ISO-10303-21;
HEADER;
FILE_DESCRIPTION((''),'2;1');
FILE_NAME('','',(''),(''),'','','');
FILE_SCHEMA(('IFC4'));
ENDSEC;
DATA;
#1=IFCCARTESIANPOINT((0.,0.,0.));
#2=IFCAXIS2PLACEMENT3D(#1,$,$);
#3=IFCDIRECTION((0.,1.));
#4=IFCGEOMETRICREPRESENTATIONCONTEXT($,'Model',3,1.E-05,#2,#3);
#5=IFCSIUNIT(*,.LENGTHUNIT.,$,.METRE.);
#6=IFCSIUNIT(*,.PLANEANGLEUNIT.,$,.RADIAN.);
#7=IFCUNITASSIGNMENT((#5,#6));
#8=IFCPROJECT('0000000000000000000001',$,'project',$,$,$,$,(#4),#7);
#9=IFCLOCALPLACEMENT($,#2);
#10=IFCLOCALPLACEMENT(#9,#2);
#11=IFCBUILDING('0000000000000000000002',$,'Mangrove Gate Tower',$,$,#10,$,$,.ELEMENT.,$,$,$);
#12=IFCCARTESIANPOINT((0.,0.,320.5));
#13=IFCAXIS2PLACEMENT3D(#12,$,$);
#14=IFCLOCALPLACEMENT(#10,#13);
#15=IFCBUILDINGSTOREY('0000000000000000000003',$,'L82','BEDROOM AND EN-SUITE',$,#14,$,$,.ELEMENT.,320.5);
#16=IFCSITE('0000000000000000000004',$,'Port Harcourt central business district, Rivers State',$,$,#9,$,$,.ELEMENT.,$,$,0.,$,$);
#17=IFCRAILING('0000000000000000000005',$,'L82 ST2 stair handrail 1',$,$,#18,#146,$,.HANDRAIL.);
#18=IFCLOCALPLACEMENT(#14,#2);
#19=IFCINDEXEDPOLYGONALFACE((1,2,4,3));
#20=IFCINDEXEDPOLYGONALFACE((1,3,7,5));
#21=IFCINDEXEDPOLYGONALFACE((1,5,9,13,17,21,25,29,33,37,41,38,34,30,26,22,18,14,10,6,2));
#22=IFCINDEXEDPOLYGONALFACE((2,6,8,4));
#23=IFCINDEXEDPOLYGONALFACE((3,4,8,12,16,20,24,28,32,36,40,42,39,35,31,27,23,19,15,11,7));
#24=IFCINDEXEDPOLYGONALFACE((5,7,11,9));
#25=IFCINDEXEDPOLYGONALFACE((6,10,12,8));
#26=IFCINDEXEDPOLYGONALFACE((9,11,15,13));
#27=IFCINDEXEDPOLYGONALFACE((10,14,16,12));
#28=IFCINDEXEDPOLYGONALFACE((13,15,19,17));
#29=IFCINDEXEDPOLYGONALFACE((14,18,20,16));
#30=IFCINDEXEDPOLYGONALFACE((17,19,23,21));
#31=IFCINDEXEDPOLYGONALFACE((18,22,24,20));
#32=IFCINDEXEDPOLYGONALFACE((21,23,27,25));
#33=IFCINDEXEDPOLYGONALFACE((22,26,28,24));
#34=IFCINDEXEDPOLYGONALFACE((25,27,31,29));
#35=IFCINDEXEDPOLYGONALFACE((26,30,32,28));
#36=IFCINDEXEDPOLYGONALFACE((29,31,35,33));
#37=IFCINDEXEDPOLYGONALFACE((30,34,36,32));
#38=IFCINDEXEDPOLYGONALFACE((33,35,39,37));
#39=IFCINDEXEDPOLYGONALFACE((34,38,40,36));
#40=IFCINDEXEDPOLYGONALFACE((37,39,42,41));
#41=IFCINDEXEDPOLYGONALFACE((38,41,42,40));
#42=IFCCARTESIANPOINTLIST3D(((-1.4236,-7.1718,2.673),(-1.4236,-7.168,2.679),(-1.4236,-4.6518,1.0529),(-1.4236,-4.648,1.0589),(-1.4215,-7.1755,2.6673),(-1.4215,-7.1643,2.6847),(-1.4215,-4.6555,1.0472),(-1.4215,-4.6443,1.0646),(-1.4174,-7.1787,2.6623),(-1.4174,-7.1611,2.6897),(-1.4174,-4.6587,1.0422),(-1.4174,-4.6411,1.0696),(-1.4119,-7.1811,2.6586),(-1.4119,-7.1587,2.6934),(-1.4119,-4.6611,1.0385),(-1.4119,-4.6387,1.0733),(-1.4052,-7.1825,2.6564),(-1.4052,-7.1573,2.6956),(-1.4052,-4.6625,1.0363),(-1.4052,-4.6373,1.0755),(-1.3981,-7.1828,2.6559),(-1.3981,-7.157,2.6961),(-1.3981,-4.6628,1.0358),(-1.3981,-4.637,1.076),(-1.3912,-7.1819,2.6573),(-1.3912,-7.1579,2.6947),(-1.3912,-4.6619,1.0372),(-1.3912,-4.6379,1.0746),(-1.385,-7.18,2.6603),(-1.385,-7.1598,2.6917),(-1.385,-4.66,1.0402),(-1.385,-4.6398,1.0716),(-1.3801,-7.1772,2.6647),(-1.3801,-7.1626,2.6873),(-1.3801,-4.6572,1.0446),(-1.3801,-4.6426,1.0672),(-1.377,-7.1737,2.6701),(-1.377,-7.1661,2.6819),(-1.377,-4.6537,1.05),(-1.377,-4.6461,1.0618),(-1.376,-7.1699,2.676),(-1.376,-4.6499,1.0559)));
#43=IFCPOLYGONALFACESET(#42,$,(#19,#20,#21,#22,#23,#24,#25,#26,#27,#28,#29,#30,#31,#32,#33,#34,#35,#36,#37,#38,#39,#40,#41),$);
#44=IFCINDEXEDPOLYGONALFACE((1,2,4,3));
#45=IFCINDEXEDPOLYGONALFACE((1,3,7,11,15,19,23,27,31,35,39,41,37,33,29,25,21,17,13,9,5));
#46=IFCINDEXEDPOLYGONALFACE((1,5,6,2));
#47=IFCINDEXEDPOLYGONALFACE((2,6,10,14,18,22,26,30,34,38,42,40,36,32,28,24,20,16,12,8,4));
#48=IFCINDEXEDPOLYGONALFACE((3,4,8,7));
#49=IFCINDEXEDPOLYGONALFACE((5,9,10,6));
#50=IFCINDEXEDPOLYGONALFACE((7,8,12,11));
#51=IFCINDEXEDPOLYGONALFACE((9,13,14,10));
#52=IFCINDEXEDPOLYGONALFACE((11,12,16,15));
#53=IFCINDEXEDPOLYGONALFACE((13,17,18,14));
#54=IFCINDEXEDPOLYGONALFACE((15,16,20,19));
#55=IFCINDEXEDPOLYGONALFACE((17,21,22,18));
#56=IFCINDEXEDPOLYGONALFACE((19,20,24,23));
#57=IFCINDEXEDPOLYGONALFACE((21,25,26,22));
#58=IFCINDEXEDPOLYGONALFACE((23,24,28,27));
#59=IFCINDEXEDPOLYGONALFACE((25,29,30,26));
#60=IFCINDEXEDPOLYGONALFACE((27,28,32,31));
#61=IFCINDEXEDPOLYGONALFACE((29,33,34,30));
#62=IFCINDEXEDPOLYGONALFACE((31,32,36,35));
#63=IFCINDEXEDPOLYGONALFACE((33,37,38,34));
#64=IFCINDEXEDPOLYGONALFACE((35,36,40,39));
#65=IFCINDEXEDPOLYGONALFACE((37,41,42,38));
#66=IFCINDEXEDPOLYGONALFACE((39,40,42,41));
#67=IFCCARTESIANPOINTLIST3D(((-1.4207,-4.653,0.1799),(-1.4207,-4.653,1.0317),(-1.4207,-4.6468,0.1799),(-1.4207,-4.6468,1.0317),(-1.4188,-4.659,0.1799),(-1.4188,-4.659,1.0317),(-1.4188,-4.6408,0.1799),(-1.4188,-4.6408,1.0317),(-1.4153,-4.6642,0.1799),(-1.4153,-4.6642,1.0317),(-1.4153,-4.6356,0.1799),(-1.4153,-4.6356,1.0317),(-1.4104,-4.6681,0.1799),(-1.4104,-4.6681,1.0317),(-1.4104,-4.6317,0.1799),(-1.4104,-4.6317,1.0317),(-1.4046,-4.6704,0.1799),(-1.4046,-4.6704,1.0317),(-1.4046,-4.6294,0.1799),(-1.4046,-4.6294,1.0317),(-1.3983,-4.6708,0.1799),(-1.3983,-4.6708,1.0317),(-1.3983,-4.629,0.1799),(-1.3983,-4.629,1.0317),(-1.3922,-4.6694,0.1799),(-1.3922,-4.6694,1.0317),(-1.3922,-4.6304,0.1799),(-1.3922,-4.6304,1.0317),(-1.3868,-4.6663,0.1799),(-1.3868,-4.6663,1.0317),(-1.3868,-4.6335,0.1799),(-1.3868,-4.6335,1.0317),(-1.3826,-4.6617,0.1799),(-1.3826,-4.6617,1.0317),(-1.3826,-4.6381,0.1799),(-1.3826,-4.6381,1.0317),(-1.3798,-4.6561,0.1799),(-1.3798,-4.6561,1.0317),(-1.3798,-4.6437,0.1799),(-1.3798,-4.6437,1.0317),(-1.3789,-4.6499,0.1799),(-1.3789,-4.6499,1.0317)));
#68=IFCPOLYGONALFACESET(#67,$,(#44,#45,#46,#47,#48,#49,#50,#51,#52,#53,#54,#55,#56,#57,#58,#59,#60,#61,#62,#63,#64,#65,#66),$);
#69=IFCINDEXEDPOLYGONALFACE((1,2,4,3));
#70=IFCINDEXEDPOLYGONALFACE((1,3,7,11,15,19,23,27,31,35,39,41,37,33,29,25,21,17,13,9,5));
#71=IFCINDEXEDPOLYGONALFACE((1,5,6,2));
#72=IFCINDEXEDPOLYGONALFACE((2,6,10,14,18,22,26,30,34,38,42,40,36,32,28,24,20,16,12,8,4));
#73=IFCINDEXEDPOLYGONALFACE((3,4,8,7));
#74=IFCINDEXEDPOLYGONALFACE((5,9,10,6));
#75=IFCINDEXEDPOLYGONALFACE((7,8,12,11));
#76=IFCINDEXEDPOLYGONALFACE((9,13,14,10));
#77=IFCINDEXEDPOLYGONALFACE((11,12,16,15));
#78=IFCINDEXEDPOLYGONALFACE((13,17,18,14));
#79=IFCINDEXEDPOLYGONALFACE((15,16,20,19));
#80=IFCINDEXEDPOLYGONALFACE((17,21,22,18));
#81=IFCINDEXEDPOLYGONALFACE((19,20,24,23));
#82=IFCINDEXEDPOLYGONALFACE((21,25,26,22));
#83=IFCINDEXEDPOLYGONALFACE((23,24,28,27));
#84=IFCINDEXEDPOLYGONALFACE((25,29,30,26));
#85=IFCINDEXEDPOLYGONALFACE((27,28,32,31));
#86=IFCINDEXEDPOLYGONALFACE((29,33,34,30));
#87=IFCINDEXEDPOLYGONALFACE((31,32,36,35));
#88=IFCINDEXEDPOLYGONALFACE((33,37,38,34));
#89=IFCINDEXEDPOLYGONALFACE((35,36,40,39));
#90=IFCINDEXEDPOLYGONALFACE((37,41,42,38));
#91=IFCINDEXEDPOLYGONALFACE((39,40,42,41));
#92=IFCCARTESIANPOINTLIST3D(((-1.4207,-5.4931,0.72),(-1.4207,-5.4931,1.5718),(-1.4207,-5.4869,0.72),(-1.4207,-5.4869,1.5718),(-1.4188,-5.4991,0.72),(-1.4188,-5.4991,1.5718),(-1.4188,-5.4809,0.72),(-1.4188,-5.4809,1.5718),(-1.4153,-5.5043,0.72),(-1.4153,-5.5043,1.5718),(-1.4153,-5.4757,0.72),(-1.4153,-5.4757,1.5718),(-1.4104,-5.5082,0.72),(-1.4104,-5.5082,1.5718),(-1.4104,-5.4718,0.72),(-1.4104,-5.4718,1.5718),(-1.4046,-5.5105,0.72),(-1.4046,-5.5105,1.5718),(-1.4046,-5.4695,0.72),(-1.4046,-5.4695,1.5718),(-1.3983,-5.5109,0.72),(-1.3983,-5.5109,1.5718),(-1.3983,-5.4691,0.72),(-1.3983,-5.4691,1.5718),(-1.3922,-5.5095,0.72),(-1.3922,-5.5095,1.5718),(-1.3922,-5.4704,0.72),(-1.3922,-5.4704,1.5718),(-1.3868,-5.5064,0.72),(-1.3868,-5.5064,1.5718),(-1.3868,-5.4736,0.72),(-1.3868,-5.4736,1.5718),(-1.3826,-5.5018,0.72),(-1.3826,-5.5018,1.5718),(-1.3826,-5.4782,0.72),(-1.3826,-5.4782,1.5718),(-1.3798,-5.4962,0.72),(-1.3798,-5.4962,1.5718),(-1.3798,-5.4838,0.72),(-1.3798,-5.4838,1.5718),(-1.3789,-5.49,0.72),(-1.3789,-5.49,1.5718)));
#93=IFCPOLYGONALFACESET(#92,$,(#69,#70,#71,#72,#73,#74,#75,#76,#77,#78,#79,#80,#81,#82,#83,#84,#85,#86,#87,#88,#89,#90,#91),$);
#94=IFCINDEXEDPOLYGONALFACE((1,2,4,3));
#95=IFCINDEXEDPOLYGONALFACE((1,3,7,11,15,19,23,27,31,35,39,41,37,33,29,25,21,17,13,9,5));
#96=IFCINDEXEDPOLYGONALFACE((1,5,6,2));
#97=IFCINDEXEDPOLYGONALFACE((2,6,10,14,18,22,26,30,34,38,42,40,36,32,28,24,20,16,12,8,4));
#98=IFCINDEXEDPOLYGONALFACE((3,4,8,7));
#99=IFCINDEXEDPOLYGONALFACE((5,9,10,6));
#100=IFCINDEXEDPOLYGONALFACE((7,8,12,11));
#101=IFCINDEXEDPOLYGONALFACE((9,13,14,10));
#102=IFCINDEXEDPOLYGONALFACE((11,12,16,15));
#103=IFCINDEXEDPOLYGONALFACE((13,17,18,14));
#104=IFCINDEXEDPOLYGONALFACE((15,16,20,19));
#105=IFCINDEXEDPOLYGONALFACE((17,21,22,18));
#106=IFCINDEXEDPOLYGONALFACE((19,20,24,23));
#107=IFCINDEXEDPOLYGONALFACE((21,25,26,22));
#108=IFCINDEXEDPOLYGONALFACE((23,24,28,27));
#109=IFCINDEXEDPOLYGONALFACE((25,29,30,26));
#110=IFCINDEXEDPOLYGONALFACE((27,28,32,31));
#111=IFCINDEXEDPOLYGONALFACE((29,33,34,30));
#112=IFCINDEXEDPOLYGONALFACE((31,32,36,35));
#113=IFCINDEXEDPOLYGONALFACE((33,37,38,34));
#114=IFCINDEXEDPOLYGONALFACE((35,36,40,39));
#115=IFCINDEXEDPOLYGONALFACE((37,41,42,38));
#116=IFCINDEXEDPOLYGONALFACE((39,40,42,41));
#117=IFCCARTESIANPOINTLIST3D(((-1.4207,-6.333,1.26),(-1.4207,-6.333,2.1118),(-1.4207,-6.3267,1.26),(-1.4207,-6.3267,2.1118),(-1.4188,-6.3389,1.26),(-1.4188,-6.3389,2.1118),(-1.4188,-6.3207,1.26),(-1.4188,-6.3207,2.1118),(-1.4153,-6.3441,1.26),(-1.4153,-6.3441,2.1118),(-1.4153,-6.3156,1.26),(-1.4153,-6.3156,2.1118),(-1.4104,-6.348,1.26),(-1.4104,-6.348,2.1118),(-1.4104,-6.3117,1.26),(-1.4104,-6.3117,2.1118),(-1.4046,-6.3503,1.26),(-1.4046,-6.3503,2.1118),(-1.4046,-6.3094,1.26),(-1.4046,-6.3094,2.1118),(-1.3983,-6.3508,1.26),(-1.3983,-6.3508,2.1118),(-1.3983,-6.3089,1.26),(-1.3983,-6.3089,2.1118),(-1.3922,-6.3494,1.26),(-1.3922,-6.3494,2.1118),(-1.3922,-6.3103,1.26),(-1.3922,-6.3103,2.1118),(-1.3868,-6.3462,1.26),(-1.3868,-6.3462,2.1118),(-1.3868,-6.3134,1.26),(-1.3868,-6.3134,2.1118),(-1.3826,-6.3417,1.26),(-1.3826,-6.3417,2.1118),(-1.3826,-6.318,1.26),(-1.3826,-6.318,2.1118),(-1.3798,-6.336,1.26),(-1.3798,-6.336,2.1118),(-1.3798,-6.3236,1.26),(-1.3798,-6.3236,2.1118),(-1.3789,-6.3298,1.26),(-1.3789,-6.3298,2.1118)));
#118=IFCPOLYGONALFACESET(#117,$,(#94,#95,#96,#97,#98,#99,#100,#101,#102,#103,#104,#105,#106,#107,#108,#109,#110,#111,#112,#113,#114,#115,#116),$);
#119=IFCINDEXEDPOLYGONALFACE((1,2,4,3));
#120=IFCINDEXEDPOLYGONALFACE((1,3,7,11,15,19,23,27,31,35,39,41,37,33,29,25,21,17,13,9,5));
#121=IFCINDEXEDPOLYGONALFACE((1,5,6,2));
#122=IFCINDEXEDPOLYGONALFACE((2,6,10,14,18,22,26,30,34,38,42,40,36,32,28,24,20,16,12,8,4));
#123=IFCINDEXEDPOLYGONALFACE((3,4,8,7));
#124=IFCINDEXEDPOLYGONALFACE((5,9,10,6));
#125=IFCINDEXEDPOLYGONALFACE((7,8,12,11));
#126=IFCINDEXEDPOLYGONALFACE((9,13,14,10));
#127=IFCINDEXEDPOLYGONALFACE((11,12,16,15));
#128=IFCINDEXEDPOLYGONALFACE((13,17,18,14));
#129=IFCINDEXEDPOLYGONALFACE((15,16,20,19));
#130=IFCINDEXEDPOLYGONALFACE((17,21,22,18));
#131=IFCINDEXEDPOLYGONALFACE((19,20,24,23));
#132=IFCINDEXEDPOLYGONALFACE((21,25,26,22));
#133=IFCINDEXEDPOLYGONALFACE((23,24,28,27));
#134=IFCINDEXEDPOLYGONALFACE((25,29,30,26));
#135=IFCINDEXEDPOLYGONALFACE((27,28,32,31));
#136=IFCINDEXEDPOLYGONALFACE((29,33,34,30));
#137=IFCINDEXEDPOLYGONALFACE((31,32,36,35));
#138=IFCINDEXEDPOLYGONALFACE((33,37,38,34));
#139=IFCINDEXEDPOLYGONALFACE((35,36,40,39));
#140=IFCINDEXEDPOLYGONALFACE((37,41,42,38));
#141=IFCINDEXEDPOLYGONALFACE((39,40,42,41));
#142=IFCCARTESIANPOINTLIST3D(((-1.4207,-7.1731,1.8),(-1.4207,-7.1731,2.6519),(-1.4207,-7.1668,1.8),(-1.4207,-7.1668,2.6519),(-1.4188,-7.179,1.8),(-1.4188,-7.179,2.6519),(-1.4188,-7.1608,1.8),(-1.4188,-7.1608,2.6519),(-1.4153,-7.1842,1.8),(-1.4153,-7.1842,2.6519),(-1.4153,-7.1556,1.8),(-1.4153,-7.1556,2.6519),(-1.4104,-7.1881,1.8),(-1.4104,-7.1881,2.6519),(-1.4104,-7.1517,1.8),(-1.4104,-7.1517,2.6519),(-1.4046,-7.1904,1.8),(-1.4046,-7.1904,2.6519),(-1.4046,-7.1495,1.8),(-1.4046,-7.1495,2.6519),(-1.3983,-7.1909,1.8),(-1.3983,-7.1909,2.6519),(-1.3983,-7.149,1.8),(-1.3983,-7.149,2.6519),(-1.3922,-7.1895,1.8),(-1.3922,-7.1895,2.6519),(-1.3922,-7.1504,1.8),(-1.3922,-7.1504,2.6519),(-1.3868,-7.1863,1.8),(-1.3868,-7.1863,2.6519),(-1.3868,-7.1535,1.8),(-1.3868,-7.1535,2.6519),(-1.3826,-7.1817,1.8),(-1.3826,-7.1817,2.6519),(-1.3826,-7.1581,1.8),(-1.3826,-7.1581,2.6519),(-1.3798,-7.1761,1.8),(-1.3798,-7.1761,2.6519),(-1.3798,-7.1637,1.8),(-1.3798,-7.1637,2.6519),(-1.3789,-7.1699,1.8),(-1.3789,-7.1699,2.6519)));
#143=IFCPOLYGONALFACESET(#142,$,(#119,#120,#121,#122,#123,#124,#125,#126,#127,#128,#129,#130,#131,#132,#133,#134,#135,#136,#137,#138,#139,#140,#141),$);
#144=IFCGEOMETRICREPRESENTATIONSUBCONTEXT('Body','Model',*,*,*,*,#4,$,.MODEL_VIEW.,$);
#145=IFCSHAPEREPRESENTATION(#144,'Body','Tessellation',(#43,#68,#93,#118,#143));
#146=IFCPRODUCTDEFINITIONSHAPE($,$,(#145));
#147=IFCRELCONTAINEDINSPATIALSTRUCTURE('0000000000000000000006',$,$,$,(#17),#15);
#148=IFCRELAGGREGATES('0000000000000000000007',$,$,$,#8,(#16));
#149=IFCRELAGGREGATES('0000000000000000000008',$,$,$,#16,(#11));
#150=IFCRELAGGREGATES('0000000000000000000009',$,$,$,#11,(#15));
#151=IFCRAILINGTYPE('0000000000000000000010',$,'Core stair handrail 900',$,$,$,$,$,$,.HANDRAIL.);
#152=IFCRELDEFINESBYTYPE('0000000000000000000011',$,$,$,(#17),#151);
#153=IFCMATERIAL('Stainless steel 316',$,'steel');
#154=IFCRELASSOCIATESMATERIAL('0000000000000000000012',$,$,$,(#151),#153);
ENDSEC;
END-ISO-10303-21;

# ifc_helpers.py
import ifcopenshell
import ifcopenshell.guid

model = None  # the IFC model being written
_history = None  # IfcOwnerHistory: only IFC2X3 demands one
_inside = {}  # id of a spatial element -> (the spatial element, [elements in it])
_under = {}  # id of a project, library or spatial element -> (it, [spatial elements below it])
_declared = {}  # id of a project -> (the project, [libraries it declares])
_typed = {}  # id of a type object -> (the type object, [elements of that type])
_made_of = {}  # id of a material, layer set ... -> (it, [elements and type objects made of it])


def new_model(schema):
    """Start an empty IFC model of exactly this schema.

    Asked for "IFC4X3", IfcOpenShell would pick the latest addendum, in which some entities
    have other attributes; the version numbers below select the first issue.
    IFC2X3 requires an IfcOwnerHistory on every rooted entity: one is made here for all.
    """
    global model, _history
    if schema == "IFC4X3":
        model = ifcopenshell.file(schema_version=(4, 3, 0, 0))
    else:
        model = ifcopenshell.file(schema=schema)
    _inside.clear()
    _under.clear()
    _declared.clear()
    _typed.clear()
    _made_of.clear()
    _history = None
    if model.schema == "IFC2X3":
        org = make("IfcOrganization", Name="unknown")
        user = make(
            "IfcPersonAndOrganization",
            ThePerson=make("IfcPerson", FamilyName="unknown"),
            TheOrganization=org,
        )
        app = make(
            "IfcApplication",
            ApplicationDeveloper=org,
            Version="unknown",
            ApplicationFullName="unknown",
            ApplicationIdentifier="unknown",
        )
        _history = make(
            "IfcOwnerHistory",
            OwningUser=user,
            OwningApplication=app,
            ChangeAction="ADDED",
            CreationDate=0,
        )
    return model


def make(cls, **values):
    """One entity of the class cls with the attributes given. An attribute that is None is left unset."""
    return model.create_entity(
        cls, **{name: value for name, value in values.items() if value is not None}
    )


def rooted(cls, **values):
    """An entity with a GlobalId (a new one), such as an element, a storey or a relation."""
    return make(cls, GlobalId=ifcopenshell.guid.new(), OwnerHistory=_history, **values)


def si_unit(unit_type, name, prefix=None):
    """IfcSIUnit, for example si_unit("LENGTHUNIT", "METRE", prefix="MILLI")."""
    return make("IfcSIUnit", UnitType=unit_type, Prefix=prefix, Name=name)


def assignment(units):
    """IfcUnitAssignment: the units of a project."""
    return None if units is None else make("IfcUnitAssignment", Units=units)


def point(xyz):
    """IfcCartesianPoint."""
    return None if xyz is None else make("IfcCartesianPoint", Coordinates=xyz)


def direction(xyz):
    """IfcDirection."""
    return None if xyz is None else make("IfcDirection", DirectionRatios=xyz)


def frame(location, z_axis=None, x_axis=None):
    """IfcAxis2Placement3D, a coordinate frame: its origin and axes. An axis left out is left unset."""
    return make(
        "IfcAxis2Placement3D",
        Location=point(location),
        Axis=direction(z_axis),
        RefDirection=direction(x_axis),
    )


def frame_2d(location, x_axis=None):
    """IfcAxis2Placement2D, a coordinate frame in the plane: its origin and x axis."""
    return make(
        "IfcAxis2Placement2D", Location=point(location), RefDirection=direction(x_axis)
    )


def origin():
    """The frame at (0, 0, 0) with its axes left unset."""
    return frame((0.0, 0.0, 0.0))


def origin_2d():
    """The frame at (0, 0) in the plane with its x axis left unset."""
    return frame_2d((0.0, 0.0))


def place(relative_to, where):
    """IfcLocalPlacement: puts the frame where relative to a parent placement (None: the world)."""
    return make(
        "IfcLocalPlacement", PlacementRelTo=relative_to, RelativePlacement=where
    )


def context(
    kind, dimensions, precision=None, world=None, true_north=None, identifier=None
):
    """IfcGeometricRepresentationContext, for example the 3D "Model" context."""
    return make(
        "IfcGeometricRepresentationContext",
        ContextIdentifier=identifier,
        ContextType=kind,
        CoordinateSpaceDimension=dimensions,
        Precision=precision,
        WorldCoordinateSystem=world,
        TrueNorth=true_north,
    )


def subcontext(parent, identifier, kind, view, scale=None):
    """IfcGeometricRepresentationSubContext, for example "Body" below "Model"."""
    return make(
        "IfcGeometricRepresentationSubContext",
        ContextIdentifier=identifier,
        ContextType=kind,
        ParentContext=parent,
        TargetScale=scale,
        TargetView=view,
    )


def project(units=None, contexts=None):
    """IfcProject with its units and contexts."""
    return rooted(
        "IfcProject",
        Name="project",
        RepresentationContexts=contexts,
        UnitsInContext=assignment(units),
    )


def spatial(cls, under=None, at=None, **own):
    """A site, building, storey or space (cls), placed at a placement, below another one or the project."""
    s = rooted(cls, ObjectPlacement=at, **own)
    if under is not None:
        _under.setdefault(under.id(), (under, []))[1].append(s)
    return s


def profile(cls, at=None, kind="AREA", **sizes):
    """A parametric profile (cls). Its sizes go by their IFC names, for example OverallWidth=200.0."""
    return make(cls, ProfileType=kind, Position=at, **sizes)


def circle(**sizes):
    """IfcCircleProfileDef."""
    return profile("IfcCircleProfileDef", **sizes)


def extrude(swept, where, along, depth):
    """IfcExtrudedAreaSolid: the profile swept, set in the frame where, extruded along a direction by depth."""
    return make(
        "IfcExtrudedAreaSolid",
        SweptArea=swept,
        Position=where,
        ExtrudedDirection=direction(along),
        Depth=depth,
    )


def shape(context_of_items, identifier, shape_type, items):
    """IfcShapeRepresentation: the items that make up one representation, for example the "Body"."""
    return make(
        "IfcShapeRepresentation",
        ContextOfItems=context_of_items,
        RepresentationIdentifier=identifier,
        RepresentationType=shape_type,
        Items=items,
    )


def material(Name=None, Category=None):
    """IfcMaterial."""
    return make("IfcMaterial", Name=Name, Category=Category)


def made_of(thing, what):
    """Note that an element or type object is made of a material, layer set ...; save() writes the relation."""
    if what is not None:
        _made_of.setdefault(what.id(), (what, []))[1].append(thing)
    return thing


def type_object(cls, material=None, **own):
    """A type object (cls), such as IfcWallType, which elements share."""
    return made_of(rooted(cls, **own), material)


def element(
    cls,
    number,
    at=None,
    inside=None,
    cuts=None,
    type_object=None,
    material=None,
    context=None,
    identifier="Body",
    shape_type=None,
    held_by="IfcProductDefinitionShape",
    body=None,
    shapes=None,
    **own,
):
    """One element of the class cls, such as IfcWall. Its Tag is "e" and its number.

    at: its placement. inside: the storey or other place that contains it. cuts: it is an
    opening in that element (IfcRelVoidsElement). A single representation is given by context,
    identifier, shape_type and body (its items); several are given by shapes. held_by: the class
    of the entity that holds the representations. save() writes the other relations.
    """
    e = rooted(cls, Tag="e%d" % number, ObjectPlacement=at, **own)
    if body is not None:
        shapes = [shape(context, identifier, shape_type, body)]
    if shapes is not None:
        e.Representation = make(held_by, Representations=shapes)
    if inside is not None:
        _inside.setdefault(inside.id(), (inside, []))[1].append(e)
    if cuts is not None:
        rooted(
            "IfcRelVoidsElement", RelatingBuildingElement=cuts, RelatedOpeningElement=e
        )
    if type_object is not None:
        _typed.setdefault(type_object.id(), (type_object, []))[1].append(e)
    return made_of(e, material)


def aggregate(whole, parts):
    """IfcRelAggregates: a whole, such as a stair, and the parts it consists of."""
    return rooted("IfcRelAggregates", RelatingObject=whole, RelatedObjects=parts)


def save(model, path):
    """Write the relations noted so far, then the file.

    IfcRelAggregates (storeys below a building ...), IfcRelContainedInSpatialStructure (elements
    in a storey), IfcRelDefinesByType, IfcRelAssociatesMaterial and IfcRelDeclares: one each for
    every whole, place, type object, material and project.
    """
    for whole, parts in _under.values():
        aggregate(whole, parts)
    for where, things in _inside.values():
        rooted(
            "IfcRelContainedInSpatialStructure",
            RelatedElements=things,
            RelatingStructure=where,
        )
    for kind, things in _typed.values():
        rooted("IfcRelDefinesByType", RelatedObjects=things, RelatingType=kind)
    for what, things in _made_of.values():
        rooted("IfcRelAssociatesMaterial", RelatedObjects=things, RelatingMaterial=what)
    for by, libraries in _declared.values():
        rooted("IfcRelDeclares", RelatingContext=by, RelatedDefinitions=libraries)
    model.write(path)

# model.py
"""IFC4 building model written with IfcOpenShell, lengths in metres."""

from ifc_helpers import new_model, si_unit, direction, frame, origin, origin_2d, place, context, subcontext, project, spatial, circle, extrude, material, type_object, element, save


model = new_model("IFC4")

# Units and contexts
model_context = context("Model", 3, precision=1e-05, world=origin(), true_north=direction((0.0, 1.0)))
body_context = subcontext(model_context, "Body", "Model", "MODEL_VIEW")
ifc_project = project(units=[si_unit("LENGTHUNIT", "METRE"), si_unit("PLANEANGLEUNIT", "RADIAN")], contexts=[model_context])

# Site, building, storey
site_placement = place(None, origin())
site = spatial("IfcSite", under=ifc_project, at=site_placement, Name="Port Harcourt central business district, Rivers State", CompositionType="ELEMENT", RefElevation=0.0)
building_placement = place(site_placement, origin())
building = spatial("IfcBuilding", under=site, at=building_placement, Name="Mangrove Gate Tower", CompositionType="ELEMENT")
storey_placement = place(building_placement, frame((0.0, 0.0, 320.5)))
storey = spatial("IfcBuildingStorey", under=building, at=storey_placement, Name="L82", Description="BEDROOM AND EN-SUITE", CompositionType="ELEMENT", Elevation=320.5)

# Railing
ifc_material_1 = material(Name="Stainless steel 316", Category="steel")
railing_type_1 = type_object("IfcRailingType", Name="Core stair handrail 900", PredefinedType="HANDRAIL", material=ifc_material_1)
railing_1_placement = place(storey_placement, frame((-1.3999, -4.6499, 0.1799)))
element("IfcRailing", 1, at=railing_1_placement, inside=storey, type_object=railing_type_1, Name="L82 ST2 stair handrail 1", PredefinedType="HANDRAIL", context=body_context, shape_type="SweptSolid", body=[
    extrude(circle(Radius=0.0239, at=origin_2d()), frame((0.0, 0.0, 0.876), z_axis=(0.0, -0.841163, 0.540782), x_axis=(1.0, 0.0, 0.0)), (0.0, 0.0, 1.0), 2.9958),
    extrude(circle(Radius=0.021, at=origin_2d()), origin(), (0.0, 0.0, 1.0), 0.8518),
    extrude(circle(Radius=0.021, at=origin_2d()), frame((0.0, -0.8401, 0.54)), (0.0, 0.0, 1.0), 0.8518),
    extrude(circle(Radius=0.021, at=origin_2d()), frame((0.0, -1.6799, 1.0801)), (0.0, 0.0, 1.0), 0.8518),
    extrude(circle(Radius=0.021, at=origin_2d()), frame((0.0, -2.52, 1.6201)), (0.0, 0.0, 1.0), 0.8518),
])

save(model, "model.ifc")
